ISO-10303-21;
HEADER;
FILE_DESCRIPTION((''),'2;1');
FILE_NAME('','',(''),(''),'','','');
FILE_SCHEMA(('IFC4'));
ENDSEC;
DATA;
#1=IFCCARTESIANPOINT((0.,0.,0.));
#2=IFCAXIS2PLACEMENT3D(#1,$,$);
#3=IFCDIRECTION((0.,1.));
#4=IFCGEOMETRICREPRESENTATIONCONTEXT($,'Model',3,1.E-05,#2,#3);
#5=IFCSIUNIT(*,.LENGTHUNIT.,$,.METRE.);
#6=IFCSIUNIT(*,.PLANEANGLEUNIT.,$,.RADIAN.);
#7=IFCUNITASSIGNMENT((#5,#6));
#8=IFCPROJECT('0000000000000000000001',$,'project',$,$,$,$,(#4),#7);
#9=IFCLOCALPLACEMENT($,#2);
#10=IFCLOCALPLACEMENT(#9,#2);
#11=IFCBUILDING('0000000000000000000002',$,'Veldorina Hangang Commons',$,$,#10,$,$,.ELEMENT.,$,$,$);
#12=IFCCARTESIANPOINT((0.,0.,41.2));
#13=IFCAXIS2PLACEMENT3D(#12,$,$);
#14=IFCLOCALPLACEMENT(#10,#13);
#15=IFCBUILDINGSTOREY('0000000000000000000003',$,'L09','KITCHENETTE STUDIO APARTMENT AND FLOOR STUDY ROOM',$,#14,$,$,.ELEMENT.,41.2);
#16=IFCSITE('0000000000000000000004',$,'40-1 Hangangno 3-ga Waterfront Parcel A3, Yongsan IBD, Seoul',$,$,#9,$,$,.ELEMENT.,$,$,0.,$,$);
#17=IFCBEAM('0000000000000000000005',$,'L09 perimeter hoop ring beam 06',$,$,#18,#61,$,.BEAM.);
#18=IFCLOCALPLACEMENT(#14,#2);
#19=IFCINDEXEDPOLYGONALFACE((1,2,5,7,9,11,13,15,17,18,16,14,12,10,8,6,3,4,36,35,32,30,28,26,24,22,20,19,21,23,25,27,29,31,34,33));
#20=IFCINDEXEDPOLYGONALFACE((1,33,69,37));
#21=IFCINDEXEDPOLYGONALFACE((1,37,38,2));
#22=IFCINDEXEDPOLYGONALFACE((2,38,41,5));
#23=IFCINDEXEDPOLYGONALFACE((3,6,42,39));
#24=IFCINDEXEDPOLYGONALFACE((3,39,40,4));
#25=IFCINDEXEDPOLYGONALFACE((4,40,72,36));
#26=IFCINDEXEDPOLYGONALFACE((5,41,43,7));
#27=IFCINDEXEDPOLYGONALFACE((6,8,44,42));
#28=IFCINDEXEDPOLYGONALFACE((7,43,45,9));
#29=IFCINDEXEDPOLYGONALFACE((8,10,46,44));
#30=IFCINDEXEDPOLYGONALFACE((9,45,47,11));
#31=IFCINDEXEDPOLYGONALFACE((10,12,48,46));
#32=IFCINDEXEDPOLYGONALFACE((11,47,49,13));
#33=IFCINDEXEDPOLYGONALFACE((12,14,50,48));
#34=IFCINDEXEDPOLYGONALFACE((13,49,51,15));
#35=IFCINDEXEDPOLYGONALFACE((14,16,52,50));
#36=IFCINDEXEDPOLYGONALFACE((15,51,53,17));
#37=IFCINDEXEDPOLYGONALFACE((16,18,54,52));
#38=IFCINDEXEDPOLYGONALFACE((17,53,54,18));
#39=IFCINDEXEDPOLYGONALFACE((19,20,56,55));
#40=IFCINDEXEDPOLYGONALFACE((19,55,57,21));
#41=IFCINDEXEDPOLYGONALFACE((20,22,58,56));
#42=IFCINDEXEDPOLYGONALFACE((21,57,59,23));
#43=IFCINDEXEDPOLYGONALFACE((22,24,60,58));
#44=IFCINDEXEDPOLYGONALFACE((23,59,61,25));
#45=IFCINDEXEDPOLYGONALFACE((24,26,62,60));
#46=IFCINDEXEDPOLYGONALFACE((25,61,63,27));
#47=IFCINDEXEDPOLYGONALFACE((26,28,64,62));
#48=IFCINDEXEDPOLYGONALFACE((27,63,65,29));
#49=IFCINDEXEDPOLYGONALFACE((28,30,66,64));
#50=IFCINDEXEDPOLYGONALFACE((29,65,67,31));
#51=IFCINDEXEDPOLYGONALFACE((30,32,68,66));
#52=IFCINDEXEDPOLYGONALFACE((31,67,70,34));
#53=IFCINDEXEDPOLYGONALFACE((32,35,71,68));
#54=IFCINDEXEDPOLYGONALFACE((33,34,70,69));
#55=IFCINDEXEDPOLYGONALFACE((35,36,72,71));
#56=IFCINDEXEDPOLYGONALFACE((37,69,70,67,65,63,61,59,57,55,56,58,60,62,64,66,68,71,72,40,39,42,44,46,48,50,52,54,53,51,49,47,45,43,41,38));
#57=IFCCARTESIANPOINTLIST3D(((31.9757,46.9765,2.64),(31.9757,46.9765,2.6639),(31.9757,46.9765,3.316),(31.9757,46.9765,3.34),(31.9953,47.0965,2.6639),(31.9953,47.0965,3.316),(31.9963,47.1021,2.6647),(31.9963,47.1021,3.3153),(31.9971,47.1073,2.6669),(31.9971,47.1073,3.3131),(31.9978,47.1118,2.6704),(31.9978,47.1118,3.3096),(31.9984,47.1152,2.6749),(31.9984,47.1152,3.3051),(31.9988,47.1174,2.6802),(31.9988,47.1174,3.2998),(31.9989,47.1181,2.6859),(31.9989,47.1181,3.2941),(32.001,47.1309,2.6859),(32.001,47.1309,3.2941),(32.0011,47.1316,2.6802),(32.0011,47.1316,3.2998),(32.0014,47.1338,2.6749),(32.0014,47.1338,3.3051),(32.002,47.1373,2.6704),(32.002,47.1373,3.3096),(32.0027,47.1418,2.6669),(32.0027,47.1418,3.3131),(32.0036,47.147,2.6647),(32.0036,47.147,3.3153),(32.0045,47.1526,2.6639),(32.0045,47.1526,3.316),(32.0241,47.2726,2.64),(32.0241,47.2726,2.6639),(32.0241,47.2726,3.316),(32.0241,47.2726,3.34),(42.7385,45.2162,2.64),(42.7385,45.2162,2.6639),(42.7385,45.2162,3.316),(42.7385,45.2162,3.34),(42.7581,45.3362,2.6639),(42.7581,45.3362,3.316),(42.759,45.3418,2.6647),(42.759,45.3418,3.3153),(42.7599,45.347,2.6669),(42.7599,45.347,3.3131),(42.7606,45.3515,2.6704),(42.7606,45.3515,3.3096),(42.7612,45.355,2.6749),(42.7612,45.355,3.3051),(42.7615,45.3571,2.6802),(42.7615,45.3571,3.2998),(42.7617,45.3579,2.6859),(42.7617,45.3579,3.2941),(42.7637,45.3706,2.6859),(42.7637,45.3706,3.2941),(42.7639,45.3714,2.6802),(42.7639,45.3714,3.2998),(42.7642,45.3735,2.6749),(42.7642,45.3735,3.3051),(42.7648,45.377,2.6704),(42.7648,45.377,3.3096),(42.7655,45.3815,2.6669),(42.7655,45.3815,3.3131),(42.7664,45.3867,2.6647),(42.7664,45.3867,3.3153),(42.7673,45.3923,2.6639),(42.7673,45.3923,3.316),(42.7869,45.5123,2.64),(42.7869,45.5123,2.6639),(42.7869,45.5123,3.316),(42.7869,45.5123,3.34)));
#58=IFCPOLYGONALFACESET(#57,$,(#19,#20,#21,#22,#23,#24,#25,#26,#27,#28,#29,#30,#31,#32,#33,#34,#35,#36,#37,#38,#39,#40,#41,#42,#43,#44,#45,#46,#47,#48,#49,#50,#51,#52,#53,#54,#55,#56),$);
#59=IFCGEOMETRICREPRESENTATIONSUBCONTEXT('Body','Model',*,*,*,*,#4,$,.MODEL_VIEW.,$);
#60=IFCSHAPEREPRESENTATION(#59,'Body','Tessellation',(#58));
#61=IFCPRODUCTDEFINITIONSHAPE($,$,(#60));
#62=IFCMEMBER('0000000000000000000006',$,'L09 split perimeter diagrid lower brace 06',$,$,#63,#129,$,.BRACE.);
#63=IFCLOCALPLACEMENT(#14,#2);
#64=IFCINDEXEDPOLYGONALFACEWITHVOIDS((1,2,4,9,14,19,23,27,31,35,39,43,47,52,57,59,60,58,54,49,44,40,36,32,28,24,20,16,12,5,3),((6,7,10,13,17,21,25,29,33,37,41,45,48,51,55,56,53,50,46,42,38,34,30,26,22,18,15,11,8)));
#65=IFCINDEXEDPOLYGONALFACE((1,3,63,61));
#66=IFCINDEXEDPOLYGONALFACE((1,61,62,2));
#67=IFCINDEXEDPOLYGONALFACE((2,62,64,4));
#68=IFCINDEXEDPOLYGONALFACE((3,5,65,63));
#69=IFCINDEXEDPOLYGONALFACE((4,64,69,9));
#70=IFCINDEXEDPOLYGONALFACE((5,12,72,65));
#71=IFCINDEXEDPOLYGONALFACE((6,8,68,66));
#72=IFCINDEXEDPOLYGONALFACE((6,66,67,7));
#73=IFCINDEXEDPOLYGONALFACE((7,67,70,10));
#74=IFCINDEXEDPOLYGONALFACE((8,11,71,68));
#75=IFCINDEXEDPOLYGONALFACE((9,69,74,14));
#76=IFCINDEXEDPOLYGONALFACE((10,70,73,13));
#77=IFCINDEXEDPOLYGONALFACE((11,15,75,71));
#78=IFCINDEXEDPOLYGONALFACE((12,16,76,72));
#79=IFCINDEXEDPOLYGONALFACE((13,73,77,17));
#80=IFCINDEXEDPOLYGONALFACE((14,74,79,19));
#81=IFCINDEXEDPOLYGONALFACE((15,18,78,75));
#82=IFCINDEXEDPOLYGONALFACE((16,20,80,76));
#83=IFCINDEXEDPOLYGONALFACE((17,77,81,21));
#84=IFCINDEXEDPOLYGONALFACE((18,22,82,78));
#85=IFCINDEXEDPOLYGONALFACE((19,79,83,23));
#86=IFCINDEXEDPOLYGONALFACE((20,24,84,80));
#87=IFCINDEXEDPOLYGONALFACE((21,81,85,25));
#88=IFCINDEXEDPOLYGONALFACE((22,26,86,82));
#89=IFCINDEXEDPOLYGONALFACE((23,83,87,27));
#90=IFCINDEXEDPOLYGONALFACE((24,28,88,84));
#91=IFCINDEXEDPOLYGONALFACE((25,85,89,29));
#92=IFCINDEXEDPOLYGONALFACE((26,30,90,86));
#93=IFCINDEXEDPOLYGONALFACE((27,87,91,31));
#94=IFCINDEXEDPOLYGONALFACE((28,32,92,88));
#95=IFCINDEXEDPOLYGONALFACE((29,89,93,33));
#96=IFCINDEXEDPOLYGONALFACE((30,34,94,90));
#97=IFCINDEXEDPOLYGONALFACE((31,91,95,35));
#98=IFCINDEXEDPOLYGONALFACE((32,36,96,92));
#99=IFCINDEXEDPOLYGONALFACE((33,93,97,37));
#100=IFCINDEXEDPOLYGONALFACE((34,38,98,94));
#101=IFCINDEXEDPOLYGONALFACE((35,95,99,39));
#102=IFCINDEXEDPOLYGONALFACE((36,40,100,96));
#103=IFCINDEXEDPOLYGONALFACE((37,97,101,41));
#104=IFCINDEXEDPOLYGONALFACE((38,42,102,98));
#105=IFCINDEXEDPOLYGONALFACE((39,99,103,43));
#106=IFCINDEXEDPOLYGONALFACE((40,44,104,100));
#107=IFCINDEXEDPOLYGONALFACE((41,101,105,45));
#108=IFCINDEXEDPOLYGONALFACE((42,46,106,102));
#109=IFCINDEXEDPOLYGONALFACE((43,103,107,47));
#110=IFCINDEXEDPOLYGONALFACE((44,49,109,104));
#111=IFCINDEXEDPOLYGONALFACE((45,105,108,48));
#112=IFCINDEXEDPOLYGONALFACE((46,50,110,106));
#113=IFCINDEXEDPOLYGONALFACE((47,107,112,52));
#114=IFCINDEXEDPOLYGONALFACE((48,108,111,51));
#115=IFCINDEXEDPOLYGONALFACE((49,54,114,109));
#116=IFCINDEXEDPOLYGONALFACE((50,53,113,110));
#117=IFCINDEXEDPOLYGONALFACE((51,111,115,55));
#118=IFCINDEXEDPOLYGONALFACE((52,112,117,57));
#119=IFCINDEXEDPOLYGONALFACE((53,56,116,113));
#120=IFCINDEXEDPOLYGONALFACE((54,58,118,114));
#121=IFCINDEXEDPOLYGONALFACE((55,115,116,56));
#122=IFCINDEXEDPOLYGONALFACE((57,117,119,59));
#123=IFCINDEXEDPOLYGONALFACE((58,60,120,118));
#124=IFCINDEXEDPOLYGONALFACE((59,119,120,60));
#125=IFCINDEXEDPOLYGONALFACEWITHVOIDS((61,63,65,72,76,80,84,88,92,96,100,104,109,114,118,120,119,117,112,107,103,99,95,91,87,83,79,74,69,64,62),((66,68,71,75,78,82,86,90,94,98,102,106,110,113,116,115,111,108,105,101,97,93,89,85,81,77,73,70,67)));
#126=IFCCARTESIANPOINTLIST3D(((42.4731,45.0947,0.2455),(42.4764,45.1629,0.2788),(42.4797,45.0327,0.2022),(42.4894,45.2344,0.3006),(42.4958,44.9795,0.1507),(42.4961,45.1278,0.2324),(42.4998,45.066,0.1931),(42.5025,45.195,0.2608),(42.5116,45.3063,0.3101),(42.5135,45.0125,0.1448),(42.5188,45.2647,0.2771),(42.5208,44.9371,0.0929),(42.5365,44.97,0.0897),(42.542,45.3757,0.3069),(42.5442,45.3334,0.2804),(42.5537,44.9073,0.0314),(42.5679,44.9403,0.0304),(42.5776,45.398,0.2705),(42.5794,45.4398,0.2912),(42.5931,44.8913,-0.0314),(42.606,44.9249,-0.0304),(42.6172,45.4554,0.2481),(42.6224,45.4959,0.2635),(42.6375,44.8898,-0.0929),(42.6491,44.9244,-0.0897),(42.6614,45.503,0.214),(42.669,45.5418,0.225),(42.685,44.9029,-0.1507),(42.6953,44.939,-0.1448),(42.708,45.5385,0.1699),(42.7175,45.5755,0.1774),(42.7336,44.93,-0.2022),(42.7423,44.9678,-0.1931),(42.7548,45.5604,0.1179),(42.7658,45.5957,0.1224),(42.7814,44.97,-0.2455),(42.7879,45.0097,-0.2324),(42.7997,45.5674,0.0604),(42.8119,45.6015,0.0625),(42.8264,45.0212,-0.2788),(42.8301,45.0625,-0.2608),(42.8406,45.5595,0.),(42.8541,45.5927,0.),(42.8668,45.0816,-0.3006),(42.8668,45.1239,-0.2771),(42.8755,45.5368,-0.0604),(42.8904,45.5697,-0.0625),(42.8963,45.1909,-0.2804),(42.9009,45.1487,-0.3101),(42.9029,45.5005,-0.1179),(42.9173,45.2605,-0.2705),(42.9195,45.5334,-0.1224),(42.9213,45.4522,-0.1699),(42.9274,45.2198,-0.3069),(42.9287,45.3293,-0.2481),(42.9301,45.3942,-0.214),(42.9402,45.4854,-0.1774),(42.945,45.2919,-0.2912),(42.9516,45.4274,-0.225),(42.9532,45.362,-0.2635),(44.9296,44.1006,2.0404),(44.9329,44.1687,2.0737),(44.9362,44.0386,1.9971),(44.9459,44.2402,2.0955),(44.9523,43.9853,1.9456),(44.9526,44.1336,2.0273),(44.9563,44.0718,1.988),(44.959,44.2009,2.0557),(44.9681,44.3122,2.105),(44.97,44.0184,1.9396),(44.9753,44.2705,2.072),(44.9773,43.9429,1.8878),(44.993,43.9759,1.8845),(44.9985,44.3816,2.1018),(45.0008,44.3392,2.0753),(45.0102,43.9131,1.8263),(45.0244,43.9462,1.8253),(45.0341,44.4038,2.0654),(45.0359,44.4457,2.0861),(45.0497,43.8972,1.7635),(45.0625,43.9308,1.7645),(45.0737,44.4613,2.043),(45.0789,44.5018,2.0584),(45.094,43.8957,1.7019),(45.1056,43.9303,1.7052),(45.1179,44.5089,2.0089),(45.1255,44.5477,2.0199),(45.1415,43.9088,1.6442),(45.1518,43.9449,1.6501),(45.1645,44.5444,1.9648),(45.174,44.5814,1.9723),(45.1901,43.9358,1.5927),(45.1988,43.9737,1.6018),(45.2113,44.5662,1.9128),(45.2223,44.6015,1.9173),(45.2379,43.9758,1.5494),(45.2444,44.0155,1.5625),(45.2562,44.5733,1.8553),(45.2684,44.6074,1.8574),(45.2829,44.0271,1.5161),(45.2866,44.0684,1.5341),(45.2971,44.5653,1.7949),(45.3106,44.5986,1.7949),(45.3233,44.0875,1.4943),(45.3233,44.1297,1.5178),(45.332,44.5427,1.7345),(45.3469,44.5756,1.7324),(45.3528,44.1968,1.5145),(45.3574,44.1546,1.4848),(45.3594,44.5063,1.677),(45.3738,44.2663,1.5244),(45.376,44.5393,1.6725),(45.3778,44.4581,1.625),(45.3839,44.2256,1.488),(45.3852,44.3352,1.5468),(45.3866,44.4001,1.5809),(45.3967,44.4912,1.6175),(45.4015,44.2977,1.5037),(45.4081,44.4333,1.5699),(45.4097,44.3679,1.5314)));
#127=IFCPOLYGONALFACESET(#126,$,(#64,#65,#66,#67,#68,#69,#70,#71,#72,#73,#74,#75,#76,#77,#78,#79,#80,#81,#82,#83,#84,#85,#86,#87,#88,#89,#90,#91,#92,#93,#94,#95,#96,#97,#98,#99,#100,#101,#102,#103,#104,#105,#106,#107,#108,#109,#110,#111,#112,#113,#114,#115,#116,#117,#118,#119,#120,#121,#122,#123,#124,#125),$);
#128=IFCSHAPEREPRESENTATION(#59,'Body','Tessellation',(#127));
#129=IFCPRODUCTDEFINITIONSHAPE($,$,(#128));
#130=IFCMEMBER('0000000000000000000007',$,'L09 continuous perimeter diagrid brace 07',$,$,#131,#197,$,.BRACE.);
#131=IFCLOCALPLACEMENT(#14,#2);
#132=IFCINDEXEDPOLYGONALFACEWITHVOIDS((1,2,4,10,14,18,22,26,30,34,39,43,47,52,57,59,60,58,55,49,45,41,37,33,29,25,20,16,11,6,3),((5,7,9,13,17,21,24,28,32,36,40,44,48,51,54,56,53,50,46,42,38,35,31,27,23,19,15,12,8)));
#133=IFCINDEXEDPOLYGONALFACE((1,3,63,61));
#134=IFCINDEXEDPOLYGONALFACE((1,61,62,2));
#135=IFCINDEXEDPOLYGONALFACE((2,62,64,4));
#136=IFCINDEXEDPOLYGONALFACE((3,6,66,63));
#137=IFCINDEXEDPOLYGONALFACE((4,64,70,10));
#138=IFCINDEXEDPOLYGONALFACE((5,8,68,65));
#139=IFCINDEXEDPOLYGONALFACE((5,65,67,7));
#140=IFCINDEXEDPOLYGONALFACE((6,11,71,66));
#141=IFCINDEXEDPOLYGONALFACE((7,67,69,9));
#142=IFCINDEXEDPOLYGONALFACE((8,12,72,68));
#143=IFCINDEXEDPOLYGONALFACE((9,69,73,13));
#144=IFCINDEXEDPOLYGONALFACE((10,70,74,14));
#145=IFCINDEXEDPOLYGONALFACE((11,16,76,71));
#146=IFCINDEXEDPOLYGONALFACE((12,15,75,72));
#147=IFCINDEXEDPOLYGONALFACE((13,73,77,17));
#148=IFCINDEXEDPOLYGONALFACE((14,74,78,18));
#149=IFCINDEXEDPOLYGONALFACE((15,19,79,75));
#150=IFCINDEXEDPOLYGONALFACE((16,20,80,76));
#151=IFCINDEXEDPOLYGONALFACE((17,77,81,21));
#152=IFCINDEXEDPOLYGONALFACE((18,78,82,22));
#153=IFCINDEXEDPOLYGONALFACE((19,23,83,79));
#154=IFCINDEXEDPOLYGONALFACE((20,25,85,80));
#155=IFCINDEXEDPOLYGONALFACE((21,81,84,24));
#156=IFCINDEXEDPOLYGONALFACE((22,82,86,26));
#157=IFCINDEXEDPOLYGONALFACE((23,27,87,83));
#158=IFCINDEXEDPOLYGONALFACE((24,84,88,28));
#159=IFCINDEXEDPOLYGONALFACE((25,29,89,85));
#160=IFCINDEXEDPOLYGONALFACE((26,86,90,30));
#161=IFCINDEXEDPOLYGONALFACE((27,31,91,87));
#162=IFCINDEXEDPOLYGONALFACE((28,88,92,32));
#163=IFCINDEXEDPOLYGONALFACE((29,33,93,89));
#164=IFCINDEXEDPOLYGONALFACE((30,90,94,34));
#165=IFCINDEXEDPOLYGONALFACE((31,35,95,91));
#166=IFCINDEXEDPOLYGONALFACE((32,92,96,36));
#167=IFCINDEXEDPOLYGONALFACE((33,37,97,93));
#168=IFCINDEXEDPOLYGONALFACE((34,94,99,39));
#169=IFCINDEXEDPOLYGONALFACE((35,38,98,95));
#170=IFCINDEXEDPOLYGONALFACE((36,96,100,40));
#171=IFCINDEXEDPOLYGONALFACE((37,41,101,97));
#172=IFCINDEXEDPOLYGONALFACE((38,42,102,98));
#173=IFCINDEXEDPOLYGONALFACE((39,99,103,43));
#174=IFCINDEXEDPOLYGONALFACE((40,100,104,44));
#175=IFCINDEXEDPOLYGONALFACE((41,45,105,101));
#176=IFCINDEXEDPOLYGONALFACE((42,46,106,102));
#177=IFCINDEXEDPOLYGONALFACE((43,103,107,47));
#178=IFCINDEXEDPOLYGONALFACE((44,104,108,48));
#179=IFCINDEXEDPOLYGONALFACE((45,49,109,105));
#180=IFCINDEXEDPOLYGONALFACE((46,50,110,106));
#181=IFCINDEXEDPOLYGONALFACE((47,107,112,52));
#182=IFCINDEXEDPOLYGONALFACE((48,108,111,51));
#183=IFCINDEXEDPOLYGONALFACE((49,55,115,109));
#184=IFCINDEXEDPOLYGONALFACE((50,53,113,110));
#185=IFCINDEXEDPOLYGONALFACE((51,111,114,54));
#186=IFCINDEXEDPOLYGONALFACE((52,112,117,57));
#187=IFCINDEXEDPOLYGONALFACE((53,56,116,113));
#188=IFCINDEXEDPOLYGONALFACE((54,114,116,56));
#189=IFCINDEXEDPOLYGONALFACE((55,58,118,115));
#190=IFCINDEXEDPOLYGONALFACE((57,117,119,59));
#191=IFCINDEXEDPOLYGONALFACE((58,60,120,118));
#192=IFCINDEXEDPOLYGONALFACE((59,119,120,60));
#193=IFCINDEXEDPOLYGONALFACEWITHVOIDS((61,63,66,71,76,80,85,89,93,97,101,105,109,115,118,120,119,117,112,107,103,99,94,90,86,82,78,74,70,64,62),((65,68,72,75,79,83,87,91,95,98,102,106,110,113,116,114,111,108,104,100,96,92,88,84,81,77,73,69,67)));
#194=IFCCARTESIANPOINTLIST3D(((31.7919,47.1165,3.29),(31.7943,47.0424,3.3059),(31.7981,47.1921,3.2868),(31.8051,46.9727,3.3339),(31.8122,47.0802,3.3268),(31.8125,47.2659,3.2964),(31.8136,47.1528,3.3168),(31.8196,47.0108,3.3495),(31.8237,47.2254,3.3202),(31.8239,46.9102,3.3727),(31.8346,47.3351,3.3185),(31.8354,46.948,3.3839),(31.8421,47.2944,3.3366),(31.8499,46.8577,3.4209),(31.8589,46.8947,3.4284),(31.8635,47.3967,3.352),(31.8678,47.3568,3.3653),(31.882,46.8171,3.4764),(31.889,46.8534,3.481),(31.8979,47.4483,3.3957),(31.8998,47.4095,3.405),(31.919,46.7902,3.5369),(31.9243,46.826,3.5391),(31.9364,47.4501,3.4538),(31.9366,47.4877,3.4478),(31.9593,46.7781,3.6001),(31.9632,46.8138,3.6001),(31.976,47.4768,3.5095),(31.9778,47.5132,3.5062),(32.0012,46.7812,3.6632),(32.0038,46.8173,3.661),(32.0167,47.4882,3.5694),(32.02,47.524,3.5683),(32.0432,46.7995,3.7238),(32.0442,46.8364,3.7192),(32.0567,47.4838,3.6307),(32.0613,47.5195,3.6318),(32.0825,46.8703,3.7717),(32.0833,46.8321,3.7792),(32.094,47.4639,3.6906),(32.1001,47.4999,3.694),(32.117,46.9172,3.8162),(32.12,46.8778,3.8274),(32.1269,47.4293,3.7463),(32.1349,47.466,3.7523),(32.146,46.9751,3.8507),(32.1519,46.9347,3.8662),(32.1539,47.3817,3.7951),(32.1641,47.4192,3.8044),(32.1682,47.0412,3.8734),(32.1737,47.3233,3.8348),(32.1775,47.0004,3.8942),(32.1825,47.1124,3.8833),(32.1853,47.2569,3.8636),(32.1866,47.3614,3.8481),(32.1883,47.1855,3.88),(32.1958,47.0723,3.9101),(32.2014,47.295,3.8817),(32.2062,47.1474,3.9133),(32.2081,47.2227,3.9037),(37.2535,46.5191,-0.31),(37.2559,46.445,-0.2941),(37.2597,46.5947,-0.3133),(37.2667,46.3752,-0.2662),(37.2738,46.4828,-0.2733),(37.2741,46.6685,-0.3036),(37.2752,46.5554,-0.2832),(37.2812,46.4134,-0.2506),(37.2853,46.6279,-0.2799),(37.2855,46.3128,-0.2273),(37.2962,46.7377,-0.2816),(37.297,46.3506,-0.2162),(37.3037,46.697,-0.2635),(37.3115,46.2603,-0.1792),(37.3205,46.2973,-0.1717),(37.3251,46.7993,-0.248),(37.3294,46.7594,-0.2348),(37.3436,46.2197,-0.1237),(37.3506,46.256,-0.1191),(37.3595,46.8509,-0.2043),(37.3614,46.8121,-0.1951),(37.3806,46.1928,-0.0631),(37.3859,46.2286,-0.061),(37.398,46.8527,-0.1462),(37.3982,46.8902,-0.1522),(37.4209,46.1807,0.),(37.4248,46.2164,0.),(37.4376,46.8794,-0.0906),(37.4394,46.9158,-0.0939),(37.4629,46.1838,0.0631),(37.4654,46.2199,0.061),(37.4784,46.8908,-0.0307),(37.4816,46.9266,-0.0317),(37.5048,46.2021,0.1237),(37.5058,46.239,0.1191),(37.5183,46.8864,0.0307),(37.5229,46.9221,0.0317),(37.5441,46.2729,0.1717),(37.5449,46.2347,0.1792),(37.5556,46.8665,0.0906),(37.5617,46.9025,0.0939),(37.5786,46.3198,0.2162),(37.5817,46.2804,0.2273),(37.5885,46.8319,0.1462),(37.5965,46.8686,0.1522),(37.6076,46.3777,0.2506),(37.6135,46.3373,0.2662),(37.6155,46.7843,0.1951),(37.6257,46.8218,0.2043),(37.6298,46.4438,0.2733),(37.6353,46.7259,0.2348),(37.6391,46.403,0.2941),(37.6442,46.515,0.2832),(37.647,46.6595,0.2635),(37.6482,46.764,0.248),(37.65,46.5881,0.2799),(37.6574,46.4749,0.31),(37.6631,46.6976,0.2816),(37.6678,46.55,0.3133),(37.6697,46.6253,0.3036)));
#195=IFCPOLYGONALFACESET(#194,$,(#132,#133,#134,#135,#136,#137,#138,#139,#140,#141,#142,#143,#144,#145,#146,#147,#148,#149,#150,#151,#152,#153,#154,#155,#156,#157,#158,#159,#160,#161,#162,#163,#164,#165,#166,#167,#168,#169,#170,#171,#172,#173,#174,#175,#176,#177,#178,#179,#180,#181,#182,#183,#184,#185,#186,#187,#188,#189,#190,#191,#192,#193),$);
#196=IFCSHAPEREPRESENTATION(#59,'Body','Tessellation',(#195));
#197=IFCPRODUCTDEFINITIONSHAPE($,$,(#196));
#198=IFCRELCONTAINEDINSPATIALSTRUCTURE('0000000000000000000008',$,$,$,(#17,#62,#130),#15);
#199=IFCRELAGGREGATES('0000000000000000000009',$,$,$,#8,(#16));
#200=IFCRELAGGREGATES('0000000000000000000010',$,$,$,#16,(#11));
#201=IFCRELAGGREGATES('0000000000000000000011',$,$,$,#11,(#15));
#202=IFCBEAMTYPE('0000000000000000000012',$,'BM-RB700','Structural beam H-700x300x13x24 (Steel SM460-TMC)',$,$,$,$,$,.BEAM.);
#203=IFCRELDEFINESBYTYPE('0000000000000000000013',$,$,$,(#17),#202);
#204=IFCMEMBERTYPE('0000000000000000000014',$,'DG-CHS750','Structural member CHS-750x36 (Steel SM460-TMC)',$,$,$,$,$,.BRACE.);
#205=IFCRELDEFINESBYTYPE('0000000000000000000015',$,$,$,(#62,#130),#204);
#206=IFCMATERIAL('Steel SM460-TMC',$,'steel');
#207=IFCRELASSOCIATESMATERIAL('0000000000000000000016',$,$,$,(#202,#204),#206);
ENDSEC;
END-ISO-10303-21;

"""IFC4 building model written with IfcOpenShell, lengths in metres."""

from ifc_helpers import new_model, si_unit, direction, frame, origin, origin_2d, place, context, subcontext, project, spatial, hollow_circle, i_section, extrude, material, material_profile, profile_set, type_object, element, save


model = new_model("IFC4")

# Units and contexts
model_context = context("Model", 3, precision=1e-05, world=origin(), true_north=direction((0.0, 1.0)))
body_context = subcontext(model_context, "Body", "Model", "MODEL_VIEW")
ifc_project = project(units=[si_unit("LENGTHUNIT", "METRE"), si_unit("PLANEANGLEUNIT", "RADIAN")], contexts=[model_context])

# Site, building, storey
site_placement = place(None, origin())
site = spatial("IfcSite", under=ifc_project, at=site_placement, Name="40-1 Hangangno 3-ga Waterfront Parcel A3, Yongsan IBD, Seoul", CompositionType="ELEMENT", RefElevation=0.0)
building_placement = place(site_placement, origin())
building = spatial("IfcBuilding", under=site, at=building_placement, Name="Veldorina Hangang Commons", CompositionType="ELEMENT")
storey_placement = place(building_placement, frame((0.0, 0.0, 41.2)))
storey = spatial("IfcBuildingStorey", under=building, at=storey_placement, Name="L09", Description="KITCHENETTE STUDIO APARTMENT AND FLOOR STUDY ROOM", CompositionType="ELEMENT", Elevation=41.2)

# Beam
ifc_material_1 = material(Name="Steel SM460-TMC", Category="steel")
ifc_material_profile_1 = material_profile(ifc_material_1, i_section(OverallWidth=0.3, OverallDepth=0.7, WebThickness=0.0129, FlangeThickness=0.0239, FilletRadius=0.022, at=origin_2d()), Name="H-700x300x13x24")
ifc_profile_set_1 = profile_set([ifc_material_profile_1], Name="Steel SM460-TMC")
beam_type = type_object("IfcBeamType", Name="BM-RB700", Description="Structural beam H-700x300x13x24 (Steel SM460-TMC)", PredefinedType="BEAM", material=ifc_profile_set_1)
beam_placement = place(storey_placement, frame((42.7627, 45.3643, 2.99), z_axis=(-0.986888, 0.161407, 0.0), x_axis=(-0.161407, -0.986888, 0.0)))
element("IfcBeam", 1, at=beam_placement, inside=storey, type_object=beam_type, Name="L09 perimeter hoop ring beam 06", PredefinedType="BEAM", context=body_context, shape_type="SweptSolid", body=[
    extrude(i_section(OverallWidth=0.3, OverallDepth=0.7, WebThickness=0.0129, FlangeThickness=0.0239, FilletRadius=0.022, at=origin_2d()), origin(), (0.0, 0.0, 1.0), 10.9058),
])

# Members
ifc_material_profile_2 = material_profile(ifc_material_1, hollow_circle(Radius=0.375, WallThickness=0.0359, at=origin_2d()), Name="CHS-750x36")
ifc_profile_set_2 = profile_set([ifc_material_profile_2], Name="Steel SM460-TMC")
member_type = type_object("IfcMemberType", Name="DG-CHS750", Description="Structural member CHS-750x36 (Steel SM460-TMC)", PredefinedType="BRACE", material=ifc_profile_set_2)
member_1_placement = place(storey_placement, frame((42.7134, 45.2451, 0.0), z_axis=(0.767495, -0.310598, 0.560785), x_axis=(0.375136, 0.92697, 0.0)))
element("IfcMember", 2, at=member_1_placement, inside=storey, type_object=member_type, Name="L09 split perimeter diagrid lower brace 06", PredefinedType="BRACE", context=body_context, shape_type="SweptSolid", body=[
    extrude(hollow_circle(Radius=0.375, WallThickness=0.0359, at=origin_2d()), origin(), (0.0, 0.0, 1.0), 3.2007),
])
member_2_placement = place(storey_placement, frame((37.4617, 46.5535, 0.0), z_axis=(-0.831473, 0.090949, 0.548071), x_axis=(-0.108734, -0.994071, 0.0)))
element("IfcMember", 3, at=member_2_placement, inside=storey, type_object=member_type, Name="L09 continuous perimeter diagrid brace 07", PredefinedType="BRACE", context=body_context, shape_type="SweptSolid", body=[
    extrude(hollow_circle(Radius=0.375, WallThickness=0.0359, at=origin_2d()), origin(), (0.0, 0.0, 1.0), 6.5686),
])

save(model, "model.ifc")
